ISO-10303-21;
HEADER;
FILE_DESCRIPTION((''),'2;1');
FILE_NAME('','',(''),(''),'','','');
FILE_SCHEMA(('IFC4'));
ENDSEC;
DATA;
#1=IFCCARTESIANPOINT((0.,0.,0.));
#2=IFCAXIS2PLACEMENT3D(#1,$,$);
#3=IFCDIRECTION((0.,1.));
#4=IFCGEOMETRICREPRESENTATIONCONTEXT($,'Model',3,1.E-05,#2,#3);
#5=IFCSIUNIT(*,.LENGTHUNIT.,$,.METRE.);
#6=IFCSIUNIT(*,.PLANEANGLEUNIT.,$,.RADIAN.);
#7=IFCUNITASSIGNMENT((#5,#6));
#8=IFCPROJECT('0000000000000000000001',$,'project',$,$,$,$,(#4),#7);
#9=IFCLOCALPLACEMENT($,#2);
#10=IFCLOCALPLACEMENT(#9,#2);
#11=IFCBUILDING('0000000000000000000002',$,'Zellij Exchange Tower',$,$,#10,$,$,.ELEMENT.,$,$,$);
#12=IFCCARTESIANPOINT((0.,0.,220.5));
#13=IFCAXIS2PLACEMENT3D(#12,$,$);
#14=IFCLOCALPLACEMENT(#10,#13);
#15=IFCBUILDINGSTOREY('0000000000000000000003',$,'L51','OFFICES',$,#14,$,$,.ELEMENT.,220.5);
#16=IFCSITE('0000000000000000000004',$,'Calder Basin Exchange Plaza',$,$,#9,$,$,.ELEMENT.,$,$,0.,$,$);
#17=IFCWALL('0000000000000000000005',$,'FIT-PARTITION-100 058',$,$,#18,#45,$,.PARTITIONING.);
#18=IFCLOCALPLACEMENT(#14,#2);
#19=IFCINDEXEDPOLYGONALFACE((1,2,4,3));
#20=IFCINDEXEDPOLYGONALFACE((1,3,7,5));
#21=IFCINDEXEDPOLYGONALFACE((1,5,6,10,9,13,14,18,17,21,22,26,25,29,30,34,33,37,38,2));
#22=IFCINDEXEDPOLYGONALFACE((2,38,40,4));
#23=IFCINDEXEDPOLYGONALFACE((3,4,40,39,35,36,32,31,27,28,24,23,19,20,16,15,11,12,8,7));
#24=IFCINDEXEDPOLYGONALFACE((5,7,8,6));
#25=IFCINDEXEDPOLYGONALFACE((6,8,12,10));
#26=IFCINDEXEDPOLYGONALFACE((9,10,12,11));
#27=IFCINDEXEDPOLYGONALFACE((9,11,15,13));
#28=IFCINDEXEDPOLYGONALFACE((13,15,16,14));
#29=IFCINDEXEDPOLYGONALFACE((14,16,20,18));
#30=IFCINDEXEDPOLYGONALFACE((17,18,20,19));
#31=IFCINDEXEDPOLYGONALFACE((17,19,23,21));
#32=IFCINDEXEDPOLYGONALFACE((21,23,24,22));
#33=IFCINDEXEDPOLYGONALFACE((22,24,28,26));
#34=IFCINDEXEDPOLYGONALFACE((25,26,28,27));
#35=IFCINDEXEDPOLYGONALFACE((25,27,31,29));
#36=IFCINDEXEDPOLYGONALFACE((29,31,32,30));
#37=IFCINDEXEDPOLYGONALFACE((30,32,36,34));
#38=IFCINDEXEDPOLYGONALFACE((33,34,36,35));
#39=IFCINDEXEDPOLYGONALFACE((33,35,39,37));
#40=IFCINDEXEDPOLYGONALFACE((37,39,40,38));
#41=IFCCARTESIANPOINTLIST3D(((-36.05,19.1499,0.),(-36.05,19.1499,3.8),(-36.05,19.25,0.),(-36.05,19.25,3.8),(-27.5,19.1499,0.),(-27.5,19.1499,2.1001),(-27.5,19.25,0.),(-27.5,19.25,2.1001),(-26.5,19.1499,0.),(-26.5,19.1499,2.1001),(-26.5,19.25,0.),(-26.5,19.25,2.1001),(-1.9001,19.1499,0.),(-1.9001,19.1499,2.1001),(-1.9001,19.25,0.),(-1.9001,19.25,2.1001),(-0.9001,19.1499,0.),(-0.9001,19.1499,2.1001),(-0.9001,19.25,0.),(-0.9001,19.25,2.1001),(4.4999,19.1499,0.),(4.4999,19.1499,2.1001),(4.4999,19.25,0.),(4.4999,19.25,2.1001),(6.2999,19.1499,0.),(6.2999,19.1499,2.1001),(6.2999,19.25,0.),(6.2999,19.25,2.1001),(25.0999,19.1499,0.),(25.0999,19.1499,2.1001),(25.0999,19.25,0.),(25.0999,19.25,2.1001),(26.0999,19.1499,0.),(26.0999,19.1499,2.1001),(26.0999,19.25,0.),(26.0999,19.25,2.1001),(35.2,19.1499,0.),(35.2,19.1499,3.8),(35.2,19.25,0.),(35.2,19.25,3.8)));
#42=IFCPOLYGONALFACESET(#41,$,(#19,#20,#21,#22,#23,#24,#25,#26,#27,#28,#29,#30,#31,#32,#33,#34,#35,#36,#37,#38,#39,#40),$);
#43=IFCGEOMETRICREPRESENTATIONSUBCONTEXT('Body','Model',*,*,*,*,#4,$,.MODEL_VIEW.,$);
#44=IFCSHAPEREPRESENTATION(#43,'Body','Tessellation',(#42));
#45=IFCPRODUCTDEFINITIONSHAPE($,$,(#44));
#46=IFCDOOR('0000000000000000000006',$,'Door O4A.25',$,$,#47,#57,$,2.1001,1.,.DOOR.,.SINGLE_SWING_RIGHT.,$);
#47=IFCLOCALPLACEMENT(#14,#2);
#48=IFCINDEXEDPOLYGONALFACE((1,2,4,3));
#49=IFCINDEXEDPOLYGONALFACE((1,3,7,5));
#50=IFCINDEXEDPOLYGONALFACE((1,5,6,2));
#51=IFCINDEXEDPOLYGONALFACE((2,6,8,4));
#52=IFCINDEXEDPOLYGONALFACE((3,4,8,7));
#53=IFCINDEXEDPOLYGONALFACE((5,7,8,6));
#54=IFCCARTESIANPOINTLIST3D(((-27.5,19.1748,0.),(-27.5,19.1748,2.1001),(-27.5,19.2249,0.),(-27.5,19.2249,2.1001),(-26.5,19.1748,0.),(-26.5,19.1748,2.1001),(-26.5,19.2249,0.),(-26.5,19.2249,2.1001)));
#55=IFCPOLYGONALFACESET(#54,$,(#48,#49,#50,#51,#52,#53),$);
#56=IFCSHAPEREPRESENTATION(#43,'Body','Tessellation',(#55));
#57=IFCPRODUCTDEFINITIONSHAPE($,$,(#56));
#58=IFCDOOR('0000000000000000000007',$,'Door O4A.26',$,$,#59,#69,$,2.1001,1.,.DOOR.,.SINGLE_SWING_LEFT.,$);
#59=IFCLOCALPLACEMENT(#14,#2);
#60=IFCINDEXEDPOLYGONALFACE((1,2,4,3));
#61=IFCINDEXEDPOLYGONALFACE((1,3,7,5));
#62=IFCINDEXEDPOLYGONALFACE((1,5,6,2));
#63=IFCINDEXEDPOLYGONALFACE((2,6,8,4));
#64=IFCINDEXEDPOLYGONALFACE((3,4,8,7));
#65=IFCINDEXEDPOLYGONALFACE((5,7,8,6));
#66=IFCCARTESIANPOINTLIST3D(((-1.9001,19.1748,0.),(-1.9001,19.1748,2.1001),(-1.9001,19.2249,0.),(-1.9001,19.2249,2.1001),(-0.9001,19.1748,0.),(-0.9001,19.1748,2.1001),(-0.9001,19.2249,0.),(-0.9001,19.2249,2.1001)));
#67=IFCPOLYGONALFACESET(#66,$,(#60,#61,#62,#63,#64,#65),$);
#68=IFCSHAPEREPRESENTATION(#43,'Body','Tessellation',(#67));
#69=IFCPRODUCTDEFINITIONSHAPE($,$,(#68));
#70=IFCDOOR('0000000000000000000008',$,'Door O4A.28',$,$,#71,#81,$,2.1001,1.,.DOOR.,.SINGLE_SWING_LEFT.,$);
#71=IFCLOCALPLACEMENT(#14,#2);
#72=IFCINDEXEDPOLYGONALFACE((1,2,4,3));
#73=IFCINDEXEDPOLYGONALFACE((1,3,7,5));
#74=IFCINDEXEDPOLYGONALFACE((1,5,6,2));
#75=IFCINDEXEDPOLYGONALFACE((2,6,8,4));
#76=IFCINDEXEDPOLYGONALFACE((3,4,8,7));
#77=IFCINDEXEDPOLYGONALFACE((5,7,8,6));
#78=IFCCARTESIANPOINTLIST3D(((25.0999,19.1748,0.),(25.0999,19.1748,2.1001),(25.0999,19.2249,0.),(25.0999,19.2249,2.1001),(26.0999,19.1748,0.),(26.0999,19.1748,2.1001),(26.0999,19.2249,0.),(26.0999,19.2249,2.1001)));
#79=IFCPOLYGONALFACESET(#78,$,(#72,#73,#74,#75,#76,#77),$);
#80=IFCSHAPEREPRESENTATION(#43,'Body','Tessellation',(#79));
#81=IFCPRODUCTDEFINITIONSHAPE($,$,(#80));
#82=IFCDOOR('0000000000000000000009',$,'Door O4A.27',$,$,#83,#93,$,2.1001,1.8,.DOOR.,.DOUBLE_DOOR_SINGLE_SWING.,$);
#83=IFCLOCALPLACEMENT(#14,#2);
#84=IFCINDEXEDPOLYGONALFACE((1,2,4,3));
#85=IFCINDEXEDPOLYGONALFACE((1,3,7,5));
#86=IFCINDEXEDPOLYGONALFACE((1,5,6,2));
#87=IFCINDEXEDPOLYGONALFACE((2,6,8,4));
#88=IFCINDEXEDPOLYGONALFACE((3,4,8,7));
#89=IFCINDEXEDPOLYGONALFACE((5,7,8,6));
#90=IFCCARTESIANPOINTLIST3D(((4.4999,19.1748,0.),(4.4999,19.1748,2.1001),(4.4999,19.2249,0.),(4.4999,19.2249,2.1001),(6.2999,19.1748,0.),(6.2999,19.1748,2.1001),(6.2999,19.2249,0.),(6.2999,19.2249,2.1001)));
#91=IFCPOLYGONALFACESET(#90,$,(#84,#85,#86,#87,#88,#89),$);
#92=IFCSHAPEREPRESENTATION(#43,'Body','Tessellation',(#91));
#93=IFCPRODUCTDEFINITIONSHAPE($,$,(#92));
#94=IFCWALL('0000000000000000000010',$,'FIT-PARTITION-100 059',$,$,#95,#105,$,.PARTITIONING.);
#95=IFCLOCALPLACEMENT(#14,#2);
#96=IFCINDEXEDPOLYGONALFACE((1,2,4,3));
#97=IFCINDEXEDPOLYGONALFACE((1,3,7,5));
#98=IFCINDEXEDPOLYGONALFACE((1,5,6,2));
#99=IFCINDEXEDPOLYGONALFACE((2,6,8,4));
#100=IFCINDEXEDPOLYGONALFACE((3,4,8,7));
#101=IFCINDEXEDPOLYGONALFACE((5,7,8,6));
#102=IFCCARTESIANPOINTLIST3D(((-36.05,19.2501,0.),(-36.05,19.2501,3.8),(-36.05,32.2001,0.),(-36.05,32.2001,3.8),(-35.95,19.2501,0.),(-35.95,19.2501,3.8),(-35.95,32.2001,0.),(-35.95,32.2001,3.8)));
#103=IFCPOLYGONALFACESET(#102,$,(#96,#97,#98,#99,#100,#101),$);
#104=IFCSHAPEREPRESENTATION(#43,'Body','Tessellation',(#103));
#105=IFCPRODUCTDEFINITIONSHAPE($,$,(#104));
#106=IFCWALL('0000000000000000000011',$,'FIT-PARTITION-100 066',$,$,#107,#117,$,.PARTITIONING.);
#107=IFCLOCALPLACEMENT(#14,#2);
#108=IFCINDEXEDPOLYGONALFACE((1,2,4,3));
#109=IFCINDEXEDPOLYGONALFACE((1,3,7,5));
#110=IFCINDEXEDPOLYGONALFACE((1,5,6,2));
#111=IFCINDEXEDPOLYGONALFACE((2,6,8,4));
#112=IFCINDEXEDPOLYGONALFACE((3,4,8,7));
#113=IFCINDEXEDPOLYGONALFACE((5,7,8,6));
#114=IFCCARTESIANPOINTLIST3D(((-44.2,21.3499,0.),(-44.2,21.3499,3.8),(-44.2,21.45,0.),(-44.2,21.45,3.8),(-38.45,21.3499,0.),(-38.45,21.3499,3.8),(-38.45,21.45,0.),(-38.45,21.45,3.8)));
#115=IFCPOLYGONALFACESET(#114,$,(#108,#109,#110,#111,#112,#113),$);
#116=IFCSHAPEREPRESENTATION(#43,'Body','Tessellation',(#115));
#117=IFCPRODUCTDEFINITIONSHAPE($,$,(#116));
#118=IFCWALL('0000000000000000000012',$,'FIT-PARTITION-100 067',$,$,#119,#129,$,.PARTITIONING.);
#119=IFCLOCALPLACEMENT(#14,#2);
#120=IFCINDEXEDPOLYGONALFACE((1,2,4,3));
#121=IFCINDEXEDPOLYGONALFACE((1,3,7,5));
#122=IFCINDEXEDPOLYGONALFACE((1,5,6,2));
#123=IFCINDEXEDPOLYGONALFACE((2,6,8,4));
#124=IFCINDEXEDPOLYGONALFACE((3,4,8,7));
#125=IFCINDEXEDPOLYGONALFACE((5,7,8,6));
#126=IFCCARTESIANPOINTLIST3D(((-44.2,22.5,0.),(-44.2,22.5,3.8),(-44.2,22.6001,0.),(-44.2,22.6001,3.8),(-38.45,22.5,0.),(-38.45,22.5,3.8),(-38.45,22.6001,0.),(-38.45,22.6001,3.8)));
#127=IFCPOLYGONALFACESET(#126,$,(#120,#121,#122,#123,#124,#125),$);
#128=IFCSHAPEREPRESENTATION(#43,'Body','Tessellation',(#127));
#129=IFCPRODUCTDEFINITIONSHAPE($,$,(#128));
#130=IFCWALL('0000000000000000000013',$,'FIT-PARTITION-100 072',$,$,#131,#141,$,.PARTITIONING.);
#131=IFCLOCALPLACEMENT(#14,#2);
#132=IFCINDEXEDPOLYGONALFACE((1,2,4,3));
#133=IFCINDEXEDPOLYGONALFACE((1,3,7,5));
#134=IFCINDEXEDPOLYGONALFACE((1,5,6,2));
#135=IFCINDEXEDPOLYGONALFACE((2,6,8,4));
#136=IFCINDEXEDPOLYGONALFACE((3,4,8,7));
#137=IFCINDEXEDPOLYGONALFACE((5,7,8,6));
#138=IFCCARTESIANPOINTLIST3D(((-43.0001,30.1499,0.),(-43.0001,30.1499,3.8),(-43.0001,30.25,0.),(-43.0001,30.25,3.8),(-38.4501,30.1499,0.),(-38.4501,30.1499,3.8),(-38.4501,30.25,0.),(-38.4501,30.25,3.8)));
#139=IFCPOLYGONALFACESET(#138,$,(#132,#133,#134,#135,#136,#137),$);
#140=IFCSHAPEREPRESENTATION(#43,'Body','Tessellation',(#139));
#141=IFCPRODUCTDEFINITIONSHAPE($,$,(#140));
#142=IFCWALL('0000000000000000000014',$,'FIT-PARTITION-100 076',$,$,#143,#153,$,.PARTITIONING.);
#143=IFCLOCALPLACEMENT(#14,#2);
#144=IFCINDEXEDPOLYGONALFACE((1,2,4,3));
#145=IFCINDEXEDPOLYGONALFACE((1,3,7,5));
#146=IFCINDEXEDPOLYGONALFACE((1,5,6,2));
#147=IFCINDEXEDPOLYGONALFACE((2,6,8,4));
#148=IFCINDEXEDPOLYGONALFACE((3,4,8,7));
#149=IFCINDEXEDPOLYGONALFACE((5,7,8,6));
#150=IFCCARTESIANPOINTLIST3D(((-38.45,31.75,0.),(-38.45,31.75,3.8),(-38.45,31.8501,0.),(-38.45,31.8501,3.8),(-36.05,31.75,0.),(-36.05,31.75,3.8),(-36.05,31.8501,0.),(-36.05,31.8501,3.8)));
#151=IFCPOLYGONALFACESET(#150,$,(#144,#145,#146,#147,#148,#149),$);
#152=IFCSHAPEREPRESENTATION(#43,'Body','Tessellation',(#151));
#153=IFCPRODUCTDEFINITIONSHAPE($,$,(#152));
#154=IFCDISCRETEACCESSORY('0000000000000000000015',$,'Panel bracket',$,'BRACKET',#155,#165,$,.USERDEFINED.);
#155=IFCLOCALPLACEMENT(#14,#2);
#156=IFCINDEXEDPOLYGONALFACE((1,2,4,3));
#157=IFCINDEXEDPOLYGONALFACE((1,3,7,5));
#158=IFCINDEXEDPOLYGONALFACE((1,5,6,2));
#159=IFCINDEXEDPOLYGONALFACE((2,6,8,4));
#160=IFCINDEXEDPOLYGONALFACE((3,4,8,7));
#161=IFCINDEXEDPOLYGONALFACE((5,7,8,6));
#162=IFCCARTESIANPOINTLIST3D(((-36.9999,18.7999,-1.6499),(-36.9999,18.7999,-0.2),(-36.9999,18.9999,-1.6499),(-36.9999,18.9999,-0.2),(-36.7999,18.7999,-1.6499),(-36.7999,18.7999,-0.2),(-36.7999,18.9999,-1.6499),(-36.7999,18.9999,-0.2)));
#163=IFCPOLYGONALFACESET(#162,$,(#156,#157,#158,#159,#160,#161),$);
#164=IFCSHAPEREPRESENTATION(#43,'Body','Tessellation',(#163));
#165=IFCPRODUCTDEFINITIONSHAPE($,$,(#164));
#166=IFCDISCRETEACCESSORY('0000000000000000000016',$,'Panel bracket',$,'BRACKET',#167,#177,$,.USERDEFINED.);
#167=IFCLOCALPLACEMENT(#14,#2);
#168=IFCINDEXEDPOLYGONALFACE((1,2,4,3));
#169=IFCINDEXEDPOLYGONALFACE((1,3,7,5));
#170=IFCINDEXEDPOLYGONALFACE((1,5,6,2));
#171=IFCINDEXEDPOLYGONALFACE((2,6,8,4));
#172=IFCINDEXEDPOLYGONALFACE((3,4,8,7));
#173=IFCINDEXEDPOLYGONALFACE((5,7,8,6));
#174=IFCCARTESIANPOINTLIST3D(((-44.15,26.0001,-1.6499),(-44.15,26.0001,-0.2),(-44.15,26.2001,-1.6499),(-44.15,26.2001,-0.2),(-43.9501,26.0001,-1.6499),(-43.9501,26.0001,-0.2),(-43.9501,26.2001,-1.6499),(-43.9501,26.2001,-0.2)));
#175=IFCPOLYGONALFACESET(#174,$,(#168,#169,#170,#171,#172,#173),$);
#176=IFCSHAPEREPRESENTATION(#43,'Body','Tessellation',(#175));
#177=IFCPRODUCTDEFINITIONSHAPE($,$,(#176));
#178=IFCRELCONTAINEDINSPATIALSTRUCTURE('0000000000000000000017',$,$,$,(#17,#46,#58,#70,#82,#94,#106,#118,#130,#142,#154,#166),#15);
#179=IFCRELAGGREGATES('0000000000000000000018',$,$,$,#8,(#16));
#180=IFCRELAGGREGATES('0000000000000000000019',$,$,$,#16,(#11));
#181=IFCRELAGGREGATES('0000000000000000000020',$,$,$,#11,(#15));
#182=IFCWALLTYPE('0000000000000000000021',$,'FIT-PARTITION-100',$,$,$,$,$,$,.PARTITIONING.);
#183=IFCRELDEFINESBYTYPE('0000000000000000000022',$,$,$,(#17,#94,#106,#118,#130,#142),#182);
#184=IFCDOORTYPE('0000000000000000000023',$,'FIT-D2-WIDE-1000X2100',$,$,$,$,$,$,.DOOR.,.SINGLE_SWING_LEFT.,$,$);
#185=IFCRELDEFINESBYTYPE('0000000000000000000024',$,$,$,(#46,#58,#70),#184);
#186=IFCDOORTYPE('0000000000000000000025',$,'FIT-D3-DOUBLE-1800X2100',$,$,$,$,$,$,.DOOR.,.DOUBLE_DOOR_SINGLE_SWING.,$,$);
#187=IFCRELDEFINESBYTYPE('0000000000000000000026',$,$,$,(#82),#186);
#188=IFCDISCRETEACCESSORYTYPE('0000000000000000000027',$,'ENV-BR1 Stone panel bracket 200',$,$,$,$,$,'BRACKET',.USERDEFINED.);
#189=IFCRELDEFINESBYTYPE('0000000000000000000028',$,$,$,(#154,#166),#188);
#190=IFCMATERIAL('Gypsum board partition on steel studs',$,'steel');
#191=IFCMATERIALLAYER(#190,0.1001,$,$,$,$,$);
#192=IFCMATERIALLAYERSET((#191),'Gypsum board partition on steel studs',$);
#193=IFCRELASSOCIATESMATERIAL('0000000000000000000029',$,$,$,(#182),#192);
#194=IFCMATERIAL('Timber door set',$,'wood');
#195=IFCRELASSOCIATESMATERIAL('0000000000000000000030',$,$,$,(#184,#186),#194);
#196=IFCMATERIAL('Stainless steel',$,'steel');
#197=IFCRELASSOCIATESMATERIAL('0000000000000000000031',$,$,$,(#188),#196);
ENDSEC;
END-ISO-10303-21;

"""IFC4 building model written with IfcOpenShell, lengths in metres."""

from ifc_helpers import new_model, si_unit, direction, frame, frame_2d, origin, origin_2d, place, context, subcontext, project, spatial, rectangle, extrude, material, layer, layer_set, type_object, element, fill, save


model = new_model("IFC4")

# Units and contexts
model_context = context("Model", 3, precision=1e-05, world=origin(), true_north=direction((0.0, 1.0)))
body_context = subcontext(model_context, "Body", "Model", "MODEL_VIEW")
ifc_project = project(units=[si_unit("LENGTHUNIT", "METRE"), si_unit("PLANEANGLEUNIT", "RADIAN")], contexts=[model_context])

# Site, building, storey
site_placement = place(None, origin())
site = spatial("IfcSite", under=ifc_project, at=site_placement, Name="Calder Basin Exchange Plaza", CompositionType="ELEMENT", RefElevation=0.0)
building_placement = place(site_placement, origin())
building = spatial("IfcBuilding", under=site, at=building_placement, Name="Zellij Exchange Tower", CompositionType="ELEMENT")
storey_placement = place(building_placement, frame((0.0, 0.0, 220.5)))
storey = spatial("IfcBuildingStorey", under=building, at=storey_placement, Name="L51", Description="OFFICES", CompositionType="ELEMENT", Elevation=220.5)

# Wall, openings, doors
ifc_material_1 = material(Name="Gypsum board partition on steel studs", Category="steel")
ifc_layer_1 = layer(ifc_material_1, 0.1001)
ifc_layer_set_1 = layer_set([ifc_layer_1], Name="Gypsum board partition on steel studs")
wall_type_1 = type_object("IfcWallType", Name="FIT-PARTITION-100", PredefinedType="PARTITIONING", material=ifc_layer_set_1)
wall_1_placement = place(storey_placement, frame((-36.05, 19.2, 0.0), z_axis=(0.0, 0.0, 1.0), x_axis=(1.0, 0.0, 0.0)))
wall_1 = element("IfcWall", 1, at=wall_1_placement, inside=storey, type_object=wall_type_1, Name="FIT-PARTITION-100 058", PredefinedType="PARTITIONING", context=body_context, shape_type="SweptSolid", body=[
    extrude(rectangle(XDim=71.25, YDim=0.1001, at=frame_2d((35.625, 0.0))), origin(), (0.0, 0.0, 1.0), 3.8),
])
opening_1_placement = place(wall_1_placement, frame((8.55, 0.0, 0.0)))
opening_1 = element("IfcOpeningElement", 2, at=opening_1_placement, cuts=wall_1, PredefinedType="OPENING", context=body_context, shape_type="SweptSolid", body=[
    extrude(rectangle(XDim=1.0, YDim=2.1001, at=frame_2d((0.5, 1.05))), frame((0.0, 0.062, 0.0), z_axis=(0.0, -1.0, 0.0), x_axis=(1.0, 0.0, 0.0)), (0.0, 0.0, 1.0), 0.124),
])
opening_2_placement = place(wall_1_placement, frame((34.1499, 0.0, 0.0)))
opening_2 = element("IfcOpeningElement", 3, at=opening_2_placement, cuts=wall_1, PredefinedType="OPENING", context=body_context, shape_type="SweptSolid", body=[
    extrude(rectangle(XDim=1.0, YDim=2.1001, at=frame_2d((0.5, 1.05))), frame((0.0, 0.062, 0.0), z_axis=(0.0, -1.0, 0.0), x_axis=(1.0, 0.0, 0.0)), (0.0, 0.0, 1.0), 0.124),
])
opening_3_placement = place(wall_1_placement, frame((40.55, 0.0, 0.0)))
opening_3 = element("IfcOpeningElement", 4, at=opening_3_placement, cuts=wall_1, PredefinedType="OPENING", context=body_context, shape_type="SweptSolid", body=[
    extrude(rectangle(XDim=1.8, YDim=2.1001, at=frame_2d((0.8999, 1.05))), frame((0.0, 0.062, 0.0), z_axis=(0.0, -1.0, 0.0), x_axis=(1.0, 0.0, 0.0)), (0.0, 0.0, 1.0), 0.124),
])
opening_4_placement = place(wall_1_placement, frame((61.1499, 0.0, 0.0)))
opening_4 = element("IfcOpeningElement", 5, at=opening_4_placement, cuts=wall_1, PredefinedType="OPENING", context=body_context, shape_type="SweptSolid", body=[
    extrude(rectangle(XDim=1.0, YDim=2.1001, at=frame_2d((0.5, 1.05))), frame((0.0, 0.062, 0.0), z_axis=(0.0, -1.0, 0.0), x_axis=(1.0, 0.0, 0.0)), (0.0, 0.0, 1.0), 0.124),
])
ifc_material_2 = material(Name="Timber door set", Category="wood")
door_type_1 = type_object("IfcDoorType", Name="FIT-D2-WIDE-1000X2100", OperationType="SINGLE_SWING_LEFT", PredefinedType="DOOR", material=ifc_material_2)
door_1_placement = place(opening_1_placement, origin())
door_1 = element("IfcDoor", 6, at=door_1_placement, inside=storey, type_object=door_type_1, Name="Door O4A.25", OperationType="SINGLE_SWING_RIGHT", OverallHeight=2.1001, OverallWidth=1.0, PredefinedType="DOOR", context=body_context, shape_type="SweptSolid", body=[
    extrude(rectangle(XDim=1.0, YDim=2.1001, at=frame_2d((0.5, 1.05))), frame((0.0, 0.0249, 0.0), z_axis=(0.0, -1.0, 0.0), x_axis=(1.0, 0.0, 0.0)), (0.0, 0.0, 1.0), 0.05),
])
fill(opening_1, door_1)
door_2_placement = place(opening_2_placement, origin())
door_2 = element("IfcDoor", 7, at=door_2_placement, inside=storey, type_object=door_type_1, Name="Door O4A.26", OperationType="SINGLE_SWING_LEFT", OverallHeight=2.1001, OverallWidth=1.0, PredefinedType="DOOR", context=body_context, shape_type="SweptSolid", body=[
    extrude(rectangle(XDim=1.0, YDim=2.1001, at=frame_2d((0.5, 1.05))), frame((0.0, 0.0249, 0.0), z_axis=(0.0, -1.0, 0.0), x_axis=(1.0, 0.0, 0.0)), (0.0, 0.0, 1.0), 0.05),
])
fill(opening_2, door_2)
door_3_placement = place(opening_4_placement, origin())
door_3 = element("IfcDoor", 8, at=door_3_placement, inside=storey, type_object=door_type_1, Name="Door O4A.28", OperationType="SINGLE_SWING_LEFT", OverallHeight=2.1001, OverallWidth=1.0, PredefinedType="DOOR", context=body_context, shape_type="SweptSolid", body=[
    extrude(rectangle(XDim=1.0, YDim=2.1001, at=frame_2d((0.5, 1.05))), frame((0.0, 0.0249, 0.0), z_axis=(0.0, -1.0, 0.0), x_axis=(1.0, 0.0, 0.0)), (0.0, 0.0, 1.0), 0.05),
])
fill(opening_4, door_3)
door_type_2 = type_object("IfcDoorType", Name="FIT-D3-DOUBLE-1800X2100", OperationType="DOUBLE_DOOR_SINGLE_SWING", PredefinedType="DOOR", material=ifc_material_2)
door_4_placement = place(opening_3_placement, origin())
door_4 = element("IfcDoor", 9, at=door_4_placement, inside=storey, type_object=door_type_2, Name="Door O4A.27", OperationType="DOUBLE_DOOR_SINGLE_SWING", OverallHeight=2.1001, OverallWidth=1.8, PredefinedType="DOOR", context=body_context, shape_type="SweptSolid", body=[
    extrude(rectangle(XDim=1.8, YDim=2.1001, at=frame_2d((0.8999, 1.05))), frame((0.0, 0.0249, 0.0), z_axis=(0.0, -1.0, 0.0), x_axis=(1.0, 0.0, 0.0)), (0.0, 0.0, 1.0), 0.05),
])
fill(opening_3, door_4)

# Walls
wall_2_placement = place(storey_placement, frame((-36.0, 19.25, 0.0), z_axis=(0.0, 0.0, 1.0), x_axis=(0.0, 1.0, 0.0)))
element("IfcWall", 10, at=wall_2_placement, inside=storey, type_object=wall_type_1, Name="FIT-PARTITION-100 059", PredefinedType="PARTITIONING", context=body_context, shape_type="SweptSolid", body=[
    extrude(rectangle(XDim=12.95, YDim=0.1001, at=frame_2d((6.4751, 0.0))), origin(), (0.0, 0.0, 1.0), 3.8),
])
for number, where, z_axis, x_axis, name in (
    (11, (-44.2, 21.3999, 0.0), (0.0, 0.0, 1.0), (1.0, 0.0, 0.0), "FIT-PARTITION-100 066"),
    (12, (-44.2, 22.55, 0.0), (0.0, 0.0, 1.0), (1.0, 0.0, 0.0), "FIT-PARTITION-100 067"),
):
    element("IfcWall", number, at=place(storey_placement, frame(where, z_axis=z_axis, x_axis=x_axis)), inside=storey, type_object=wall_type_1, Name=name, PredefinedType="PARTITIONING", context=body_context, shape_type="SweptSolid", body=[
        extrude(rectangle(XDim=5.75, YDim=0.1001, at=frame_2d((2.875, 0.0))), origin(), (0.0, 0.0, 1.0), 3.8),
    ])
wall_3_placement = place(storey_placement, frame((-43.0, 30.2, 0.0), z_axis=(0.0, 0.0, 1.0), x_axis=(1.0, 0.0, 0.0)))
element("IfcWall", 13, at=wall_3_placement, inside=storey, type_object=wall_type_1, Name="FIT-PARTITION-100 072", PredefinedType="PARTITIONING", context=body_context, shape_type="SweptSolid", body=[
    extrude(rectangle(XDim=4.55, YDim=0.1001, at=frame_2d((2.2749, 0.0))), origin(), (0.0, 0.0, 1.0), 3.8),
])
wall_4_placement = place(storey_placement, frame((-38.45, 31.8, 0.0), z_axis=(0.0, 0.0, 1.0), x_axis=(1.0, 0.0, 0.0)))
element("IfcWall", 14, at=wall_4_placement, inside=storey, type_object=wall_type_1, Name="FIT-PARTITION-100 076", PredefinedType="PARTITIONING", context=body_context, shape_type="SweptSolid", body=[
    extrude(rectangle(XDim=2.3999, YDim=0.1001, at=frame_2d((1.2, 0.0))), origin(), (0.0, 0.0, 1.0), 3.8),
])

# Discrete accessories
ifc_material_3 = material(Name="Stainless steel", Category="steel")
discrete_accessory_type = type_object("IfcDiscreteAccessoryType", Name="ENV-BR1 Stone panel bracket 200", ElementType="BRACKET", PredefinedType="USERDEFINED", material=ifc_material_3)
for number, where, z_axis, x_axis, name in (
    (15, (-36.8999, 18.8999, -1.6499), (0.0, 0.0, 1.0), (1.0, 0.0, 0.0), "Panel bracket"),
    (16, (-44.05, 26.1001, -1.6499), (0.0, 0.0, 1.0), (1.0, 0.0, 0.0), "Panel bracket"),
):
    element("IfcDiscreteAccessory", number, at=place(storey_placement, frame(where, z_axis=z_axis, x_axis=x_axis)), inside=storey, type_object=discrete_accessory_type, Name=name, ObjectType="BRACKET", PredefinedType="USERDEFINED", context=body_context, shape_type="SweptSolid", body=[
        extrude(rectangle(XDim=0.2, YDim=0.2, at=origin_2d()), origin(), (0.0, 0.0, 1.0), 1.45),
    ])

save(model, "model.ifc")
